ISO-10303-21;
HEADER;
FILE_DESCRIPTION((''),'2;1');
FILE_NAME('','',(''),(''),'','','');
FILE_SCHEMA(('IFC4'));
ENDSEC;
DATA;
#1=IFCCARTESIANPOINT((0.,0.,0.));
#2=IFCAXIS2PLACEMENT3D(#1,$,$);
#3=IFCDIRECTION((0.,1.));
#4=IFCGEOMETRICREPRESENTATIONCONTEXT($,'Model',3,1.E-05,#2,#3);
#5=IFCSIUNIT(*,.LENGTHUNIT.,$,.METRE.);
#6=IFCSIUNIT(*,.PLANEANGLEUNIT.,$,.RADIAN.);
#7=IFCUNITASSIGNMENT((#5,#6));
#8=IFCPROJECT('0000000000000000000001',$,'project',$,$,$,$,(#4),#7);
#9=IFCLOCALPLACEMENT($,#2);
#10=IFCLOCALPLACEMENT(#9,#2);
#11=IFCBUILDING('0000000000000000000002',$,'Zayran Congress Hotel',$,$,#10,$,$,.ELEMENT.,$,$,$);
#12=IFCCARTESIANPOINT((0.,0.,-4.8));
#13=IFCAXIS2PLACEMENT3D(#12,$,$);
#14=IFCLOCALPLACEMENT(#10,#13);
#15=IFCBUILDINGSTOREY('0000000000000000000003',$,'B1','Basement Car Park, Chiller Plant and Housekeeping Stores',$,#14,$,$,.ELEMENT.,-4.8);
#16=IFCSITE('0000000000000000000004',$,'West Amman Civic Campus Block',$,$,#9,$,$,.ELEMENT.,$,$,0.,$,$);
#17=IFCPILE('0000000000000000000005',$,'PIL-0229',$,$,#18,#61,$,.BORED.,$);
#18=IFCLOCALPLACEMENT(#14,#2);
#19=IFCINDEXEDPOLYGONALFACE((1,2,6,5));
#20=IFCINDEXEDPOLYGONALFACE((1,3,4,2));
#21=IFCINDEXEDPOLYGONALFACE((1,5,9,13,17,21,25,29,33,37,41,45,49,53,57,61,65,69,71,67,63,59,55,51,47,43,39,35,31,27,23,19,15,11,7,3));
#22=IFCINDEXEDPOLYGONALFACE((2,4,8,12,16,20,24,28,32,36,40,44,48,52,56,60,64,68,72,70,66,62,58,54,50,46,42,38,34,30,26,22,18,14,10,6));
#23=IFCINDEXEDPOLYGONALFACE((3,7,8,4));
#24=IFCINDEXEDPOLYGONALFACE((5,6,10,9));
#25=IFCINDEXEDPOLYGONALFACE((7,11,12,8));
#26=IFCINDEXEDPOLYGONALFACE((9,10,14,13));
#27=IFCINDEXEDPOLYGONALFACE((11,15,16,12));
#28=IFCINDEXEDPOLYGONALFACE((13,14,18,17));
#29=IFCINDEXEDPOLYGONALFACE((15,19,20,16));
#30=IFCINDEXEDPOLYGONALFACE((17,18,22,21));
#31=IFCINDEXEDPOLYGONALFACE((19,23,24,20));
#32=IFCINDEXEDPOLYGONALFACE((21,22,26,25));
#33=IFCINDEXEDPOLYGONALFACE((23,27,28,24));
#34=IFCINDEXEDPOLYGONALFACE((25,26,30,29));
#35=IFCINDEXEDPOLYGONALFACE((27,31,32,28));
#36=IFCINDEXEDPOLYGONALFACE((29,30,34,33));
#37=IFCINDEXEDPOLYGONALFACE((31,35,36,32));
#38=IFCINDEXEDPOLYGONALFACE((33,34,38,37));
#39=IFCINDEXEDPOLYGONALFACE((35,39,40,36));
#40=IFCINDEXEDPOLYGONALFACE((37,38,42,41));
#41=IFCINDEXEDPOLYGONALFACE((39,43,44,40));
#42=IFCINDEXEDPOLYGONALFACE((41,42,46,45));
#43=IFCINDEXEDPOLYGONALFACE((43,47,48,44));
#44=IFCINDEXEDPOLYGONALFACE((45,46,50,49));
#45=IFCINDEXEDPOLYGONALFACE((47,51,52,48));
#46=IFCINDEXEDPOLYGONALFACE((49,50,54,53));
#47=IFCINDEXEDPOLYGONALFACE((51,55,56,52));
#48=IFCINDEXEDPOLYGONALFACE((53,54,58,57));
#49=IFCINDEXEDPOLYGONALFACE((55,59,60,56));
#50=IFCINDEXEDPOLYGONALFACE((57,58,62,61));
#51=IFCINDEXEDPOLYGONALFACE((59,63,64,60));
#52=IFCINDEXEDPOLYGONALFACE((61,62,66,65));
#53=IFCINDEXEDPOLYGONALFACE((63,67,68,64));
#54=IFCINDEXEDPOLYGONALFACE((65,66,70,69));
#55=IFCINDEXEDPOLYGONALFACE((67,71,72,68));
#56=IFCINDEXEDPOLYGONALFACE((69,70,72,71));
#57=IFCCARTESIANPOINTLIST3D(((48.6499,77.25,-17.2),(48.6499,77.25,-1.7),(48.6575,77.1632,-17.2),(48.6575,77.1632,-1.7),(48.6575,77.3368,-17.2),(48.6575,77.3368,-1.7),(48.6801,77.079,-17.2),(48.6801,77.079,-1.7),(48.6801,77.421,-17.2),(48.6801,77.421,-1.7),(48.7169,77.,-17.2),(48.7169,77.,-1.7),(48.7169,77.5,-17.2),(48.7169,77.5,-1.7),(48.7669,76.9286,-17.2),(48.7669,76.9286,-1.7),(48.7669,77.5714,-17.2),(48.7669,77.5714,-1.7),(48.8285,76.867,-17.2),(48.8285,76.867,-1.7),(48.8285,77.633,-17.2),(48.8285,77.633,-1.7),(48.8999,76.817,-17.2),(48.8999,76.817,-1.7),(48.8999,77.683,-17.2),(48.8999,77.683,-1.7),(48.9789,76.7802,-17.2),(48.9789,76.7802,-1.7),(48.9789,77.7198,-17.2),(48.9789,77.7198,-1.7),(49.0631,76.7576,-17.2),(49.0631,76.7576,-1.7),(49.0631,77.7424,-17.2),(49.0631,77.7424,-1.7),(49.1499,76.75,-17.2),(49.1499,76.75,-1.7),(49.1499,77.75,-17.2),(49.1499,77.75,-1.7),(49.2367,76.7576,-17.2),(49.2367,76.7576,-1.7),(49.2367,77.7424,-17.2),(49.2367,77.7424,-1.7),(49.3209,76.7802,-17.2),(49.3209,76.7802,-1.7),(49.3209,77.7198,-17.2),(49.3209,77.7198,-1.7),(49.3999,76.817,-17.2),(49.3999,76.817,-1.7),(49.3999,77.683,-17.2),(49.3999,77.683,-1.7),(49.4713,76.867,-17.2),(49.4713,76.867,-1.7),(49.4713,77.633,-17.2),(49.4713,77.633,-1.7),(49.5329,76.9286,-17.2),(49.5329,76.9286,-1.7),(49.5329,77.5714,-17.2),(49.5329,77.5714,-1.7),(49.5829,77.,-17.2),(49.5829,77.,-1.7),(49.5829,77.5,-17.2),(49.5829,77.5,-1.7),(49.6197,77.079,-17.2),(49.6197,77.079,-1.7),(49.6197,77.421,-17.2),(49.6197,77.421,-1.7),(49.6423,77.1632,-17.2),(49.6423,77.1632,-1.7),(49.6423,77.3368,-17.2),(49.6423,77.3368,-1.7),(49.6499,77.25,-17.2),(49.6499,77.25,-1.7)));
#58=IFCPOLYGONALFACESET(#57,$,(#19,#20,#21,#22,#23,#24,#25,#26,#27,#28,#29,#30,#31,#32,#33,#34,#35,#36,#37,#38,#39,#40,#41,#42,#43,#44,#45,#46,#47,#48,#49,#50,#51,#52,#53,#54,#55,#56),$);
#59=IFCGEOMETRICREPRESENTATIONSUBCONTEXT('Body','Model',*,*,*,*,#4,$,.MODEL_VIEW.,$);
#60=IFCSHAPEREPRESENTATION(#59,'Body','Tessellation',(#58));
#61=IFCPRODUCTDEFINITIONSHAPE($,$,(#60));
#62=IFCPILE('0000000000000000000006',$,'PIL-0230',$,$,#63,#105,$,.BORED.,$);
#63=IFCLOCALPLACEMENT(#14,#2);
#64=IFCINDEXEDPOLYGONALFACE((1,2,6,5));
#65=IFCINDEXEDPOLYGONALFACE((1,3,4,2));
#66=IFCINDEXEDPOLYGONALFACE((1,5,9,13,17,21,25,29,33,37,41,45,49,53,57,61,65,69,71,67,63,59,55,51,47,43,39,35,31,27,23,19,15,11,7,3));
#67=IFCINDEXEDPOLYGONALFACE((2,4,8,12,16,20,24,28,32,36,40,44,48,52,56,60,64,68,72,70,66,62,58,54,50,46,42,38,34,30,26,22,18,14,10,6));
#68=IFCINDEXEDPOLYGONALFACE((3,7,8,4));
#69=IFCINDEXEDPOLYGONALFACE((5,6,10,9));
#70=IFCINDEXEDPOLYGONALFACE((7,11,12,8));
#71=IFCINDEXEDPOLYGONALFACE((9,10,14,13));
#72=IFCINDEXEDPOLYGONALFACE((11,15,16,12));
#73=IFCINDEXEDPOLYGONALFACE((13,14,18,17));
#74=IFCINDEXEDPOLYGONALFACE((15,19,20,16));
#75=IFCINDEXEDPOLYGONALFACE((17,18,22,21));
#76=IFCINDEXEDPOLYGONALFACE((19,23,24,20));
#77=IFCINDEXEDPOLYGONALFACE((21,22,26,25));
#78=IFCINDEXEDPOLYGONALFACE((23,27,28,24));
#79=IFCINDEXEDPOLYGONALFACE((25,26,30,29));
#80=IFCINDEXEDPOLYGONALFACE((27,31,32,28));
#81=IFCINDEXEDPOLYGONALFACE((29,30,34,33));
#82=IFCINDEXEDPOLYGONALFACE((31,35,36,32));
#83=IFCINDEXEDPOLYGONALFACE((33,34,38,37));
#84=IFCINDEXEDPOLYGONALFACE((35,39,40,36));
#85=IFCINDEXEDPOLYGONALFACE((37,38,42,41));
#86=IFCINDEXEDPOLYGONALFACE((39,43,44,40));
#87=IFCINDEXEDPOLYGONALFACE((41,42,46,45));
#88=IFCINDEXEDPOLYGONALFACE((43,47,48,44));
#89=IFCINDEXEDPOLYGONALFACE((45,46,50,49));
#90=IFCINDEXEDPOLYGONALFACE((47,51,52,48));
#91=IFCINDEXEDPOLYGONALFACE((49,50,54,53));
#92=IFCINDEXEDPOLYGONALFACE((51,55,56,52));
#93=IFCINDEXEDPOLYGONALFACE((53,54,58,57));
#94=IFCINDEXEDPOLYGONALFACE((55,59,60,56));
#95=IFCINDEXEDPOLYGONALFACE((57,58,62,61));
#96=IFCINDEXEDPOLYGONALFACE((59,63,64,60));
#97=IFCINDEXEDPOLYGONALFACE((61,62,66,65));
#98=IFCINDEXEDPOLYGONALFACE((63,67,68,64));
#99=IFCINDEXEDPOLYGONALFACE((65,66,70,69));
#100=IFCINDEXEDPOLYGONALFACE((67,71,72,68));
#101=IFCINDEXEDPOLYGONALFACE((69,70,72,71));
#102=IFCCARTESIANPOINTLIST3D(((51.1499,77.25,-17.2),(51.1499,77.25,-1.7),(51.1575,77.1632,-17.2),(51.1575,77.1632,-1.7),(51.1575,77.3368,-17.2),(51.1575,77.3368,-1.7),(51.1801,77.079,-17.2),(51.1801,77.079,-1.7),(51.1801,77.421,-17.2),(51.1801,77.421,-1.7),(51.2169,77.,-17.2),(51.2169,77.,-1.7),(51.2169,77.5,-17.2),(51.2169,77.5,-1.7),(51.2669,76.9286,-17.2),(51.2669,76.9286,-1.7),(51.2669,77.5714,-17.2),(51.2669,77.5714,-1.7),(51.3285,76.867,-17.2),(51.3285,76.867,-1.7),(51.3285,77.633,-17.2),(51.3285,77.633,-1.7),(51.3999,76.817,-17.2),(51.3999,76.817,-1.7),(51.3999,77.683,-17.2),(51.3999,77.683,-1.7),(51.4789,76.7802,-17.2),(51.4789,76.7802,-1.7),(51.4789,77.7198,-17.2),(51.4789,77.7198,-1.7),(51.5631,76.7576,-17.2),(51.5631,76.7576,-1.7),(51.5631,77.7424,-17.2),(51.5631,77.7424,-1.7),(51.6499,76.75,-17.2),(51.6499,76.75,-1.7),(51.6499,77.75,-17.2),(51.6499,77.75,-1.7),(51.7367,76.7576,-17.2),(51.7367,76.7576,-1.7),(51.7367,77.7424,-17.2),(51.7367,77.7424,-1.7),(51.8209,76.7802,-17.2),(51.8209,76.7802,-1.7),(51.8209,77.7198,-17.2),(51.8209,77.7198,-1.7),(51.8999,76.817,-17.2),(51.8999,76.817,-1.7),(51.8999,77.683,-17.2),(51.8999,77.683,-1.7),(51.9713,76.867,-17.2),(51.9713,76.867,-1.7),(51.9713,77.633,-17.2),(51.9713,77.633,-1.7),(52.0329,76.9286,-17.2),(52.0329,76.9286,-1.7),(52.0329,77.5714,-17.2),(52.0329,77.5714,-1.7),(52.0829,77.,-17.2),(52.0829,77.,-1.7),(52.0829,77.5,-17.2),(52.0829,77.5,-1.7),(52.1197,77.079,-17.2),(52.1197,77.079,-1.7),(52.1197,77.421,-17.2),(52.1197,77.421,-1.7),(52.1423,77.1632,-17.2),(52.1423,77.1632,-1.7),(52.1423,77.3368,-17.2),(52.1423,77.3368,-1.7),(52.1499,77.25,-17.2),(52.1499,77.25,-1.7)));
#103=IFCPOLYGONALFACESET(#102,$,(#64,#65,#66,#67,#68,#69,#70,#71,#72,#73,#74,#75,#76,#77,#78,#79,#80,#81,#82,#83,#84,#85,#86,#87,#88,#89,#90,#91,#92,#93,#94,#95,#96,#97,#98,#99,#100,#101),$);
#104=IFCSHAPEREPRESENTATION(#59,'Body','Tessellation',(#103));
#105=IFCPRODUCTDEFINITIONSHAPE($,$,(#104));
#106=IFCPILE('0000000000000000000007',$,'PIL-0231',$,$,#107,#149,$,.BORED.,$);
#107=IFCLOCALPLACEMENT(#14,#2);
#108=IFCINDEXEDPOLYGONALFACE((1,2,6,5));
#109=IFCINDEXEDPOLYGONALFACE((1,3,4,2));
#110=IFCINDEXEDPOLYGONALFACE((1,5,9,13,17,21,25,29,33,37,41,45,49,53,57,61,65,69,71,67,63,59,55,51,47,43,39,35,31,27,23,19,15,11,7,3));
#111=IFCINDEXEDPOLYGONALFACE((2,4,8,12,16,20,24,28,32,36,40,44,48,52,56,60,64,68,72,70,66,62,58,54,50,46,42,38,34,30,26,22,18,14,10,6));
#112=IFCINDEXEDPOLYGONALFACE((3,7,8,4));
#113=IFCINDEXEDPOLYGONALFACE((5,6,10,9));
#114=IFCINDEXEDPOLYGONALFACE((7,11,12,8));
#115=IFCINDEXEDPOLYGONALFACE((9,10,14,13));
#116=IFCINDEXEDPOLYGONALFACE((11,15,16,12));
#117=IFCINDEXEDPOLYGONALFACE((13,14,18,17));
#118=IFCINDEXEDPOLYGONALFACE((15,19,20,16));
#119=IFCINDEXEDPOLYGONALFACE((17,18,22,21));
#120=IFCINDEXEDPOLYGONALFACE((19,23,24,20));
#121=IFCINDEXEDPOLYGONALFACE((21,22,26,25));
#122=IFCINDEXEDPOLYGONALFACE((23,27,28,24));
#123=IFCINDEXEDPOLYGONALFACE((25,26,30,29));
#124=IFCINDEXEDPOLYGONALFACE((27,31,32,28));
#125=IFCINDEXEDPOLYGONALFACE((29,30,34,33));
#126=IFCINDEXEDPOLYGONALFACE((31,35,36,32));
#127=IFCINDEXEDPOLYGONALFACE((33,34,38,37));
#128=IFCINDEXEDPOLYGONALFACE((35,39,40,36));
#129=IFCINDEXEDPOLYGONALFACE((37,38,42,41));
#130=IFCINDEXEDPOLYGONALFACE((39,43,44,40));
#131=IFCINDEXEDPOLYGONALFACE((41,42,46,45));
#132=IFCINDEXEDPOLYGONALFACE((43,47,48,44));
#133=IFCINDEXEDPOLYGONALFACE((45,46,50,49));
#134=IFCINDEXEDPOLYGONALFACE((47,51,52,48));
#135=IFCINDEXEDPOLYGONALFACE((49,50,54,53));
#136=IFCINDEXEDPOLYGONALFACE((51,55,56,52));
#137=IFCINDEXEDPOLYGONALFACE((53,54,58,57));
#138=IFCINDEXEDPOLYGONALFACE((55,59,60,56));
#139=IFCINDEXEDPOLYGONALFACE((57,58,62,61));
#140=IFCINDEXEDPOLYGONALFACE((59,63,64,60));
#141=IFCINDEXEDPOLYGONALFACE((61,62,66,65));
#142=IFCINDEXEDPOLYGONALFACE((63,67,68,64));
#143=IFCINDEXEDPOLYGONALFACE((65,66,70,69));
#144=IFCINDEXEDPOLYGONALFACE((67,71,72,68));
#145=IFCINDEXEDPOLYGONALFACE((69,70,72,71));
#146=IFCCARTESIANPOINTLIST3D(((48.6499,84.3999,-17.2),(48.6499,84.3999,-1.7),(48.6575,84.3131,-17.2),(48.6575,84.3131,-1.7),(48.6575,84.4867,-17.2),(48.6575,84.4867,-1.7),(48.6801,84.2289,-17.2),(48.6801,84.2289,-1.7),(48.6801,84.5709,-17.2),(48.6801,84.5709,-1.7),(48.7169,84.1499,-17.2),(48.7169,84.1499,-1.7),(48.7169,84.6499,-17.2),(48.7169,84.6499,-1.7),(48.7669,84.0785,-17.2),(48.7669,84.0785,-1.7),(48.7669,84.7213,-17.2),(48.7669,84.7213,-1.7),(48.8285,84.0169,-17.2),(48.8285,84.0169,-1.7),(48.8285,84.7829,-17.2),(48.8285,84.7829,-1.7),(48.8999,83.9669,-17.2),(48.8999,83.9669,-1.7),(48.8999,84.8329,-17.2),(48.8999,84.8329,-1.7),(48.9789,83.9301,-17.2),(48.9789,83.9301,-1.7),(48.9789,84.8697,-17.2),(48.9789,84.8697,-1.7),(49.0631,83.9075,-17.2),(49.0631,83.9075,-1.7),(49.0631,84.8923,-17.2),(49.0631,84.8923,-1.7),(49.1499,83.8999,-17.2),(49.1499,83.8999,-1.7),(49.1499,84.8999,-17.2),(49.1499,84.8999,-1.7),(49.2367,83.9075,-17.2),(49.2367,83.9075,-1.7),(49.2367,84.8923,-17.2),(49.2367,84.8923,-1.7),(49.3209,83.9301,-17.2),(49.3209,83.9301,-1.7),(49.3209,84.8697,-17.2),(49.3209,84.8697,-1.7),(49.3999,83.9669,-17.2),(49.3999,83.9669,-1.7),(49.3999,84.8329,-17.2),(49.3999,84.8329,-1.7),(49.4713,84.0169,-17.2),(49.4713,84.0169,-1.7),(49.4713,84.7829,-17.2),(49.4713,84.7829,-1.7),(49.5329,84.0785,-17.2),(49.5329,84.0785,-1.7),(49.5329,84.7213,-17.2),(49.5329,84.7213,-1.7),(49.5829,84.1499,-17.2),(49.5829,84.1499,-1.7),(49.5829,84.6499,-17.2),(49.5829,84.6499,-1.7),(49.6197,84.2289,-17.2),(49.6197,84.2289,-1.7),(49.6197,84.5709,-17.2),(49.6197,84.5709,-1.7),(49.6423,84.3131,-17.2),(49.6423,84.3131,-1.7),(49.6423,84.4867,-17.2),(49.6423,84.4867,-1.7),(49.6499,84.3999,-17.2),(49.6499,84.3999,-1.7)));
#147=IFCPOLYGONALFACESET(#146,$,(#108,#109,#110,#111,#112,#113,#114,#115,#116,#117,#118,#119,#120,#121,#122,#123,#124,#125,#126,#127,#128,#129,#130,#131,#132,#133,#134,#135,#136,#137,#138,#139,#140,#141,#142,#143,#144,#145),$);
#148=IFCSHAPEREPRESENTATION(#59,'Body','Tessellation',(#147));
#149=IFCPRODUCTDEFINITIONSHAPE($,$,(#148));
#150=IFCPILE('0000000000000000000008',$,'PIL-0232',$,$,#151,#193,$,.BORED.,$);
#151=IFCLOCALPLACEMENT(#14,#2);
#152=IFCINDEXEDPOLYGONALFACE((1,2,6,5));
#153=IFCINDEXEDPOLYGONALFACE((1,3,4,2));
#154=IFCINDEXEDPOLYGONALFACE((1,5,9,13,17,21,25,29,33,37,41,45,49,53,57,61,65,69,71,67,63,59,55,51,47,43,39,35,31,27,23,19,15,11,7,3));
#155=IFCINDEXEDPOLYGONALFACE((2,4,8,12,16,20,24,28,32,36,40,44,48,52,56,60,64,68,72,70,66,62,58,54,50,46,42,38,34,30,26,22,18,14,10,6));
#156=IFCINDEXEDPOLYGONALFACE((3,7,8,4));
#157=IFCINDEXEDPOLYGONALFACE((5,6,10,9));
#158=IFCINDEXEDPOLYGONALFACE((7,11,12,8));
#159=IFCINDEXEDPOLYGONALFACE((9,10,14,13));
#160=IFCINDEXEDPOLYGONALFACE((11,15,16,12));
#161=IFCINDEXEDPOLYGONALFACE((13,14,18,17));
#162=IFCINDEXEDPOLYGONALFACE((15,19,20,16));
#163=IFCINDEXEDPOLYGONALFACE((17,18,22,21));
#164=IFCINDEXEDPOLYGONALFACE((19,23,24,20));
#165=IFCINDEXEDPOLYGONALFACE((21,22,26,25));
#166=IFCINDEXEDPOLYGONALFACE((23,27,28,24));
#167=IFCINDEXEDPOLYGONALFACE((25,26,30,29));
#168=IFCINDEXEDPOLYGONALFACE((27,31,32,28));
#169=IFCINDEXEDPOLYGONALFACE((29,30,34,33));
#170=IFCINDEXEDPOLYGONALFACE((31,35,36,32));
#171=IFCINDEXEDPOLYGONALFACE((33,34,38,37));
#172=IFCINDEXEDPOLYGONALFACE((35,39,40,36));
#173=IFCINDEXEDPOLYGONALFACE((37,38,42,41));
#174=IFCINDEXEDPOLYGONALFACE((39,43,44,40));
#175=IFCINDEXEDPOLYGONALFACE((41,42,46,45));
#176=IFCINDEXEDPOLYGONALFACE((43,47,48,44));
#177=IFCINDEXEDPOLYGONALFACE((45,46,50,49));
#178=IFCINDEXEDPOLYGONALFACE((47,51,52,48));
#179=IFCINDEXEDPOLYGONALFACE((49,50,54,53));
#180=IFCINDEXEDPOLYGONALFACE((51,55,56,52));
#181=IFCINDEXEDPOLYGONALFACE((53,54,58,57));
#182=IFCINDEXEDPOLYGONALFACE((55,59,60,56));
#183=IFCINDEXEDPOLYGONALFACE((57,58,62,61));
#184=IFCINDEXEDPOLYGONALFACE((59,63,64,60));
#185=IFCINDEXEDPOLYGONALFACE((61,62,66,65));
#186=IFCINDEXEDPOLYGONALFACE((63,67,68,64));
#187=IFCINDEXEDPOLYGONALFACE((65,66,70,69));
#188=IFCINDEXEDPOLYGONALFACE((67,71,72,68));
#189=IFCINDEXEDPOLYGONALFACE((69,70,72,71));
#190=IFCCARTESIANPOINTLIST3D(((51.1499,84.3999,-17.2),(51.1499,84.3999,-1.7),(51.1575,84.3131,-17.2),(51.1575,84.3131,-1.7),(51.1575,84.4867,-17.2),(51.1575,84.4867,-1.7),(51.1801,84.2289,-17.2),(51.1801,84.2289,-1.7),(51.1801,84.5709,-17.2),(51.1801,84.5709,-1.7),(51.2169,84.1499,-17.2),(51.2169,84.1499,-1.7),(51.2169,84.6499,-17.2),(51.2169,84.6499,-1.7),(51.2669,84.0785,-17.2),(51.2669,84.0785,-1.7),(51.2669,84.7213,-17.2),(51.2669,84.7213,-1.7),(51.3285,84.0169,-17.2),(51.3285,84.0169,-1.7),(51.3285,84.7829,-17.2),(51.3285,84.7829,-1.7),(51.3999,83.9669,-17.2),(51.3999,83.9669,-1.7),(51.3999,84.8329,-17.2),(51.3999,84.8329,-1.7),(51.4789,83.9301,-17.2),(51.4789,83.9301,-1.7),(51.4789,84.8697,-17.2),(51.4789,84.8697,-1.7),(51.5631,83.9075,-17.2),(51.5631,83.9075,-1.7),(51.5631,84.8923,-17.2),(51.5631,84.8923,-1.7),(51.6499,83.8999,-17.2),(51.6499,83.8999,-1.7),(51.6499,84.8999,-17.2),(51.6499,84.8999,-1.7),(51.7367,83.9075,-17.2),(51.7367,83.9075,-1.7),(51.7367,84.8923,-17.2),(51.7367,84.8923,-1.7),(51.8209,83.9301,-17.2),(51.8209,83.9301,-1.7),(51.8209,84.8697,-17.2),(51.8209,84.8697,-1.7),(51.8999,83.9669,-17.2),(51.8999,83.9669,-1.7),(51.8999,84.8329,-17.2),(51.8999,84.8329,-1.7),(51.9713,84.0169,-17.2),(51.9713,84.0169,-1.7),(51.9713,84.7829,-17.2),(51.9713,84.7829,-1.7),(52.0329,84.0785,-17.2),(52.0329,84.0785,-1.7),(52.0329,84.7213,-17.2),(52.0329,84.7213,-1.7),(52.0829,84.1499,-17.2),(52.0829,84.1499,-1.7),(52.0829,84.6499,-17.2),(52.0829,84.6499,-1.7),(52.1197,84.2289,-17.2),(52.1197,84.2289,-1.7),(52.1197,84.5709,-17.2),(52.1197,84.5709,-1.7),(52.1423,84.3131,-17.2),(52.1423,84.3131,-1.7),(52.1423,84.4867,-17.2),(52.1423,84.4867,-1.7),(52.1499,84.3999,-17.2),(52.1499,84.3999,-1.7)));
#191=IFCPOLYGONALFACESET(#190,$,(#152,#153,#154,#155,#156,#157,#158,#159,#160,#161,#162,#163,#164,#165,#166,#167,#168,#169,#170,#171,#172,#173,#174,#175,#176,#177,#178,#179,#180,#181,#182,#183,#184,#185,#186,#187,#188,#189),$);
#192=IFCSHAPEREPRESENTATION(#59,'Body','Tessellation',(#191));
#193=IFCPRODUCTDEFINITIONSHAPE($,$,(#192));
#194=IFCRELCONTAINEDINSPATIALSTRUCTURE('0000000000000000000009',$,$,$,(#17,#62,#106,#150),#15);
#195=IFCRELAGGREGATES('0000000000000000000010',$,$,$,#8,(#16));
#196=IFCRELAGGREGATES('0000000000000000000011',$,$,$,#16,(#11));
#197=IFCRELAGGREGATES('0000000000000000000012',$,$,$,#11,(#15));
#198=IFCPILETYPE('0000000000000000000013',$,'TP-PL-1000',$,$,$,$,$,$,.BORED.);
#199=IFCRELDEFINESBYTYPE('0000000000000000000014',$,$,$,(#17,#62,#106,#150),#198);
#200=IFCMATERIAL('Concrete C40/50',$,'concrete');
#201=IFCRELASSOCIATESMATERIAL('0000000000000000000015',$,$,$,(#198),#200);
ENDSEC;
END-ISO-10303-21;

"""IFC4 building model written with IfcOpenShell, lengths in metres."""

from ifc_helpers import new_model, si_unit, direction, frame, origin, origin_2d, place, context, subcontext, project, spatial, circle, extrude, material, material_profile, profile_set, type_object, element, save


model = new_model("IFC4")

# Units and contexts
model_context = context("Model", 3, precision=1e-05, world=origin(), true_north=direction((0.0, 1.0)))
body_context = subcontext(model_context, "Body", "Model", "MODEL_VIEW")
ifc_project = project(units=[si_unit("LENGTHUNIT", "METRE"), si_unit("PLANEANGLEUNIT", "RADIAN")], contexts=[model_context])

# Site, building, storey
site_placement = place(None, origin())
site = spatial("IfcSite", under=ifc_project, at=site_placement, Name="West Amman Civic Campus Block", CompositionType="ELEMENT", RefElevation=0.0)
building_placement = place(site_placement, origin())
building = spatial("IfcBuilding", under=site, at=building_placement, Name="Zayran Congress Hotel", CompositionType="ELEMENT")
storey_placement = place(building_placement, frame((0.0, 0.0, -4.8)))
storey = spatial("IfcBuildingStorey", under=building, at=storey_placement, Name="B1", Description="Basement Car Park, Chiller Plant and Housekeeping Stores", CompositionType="ELEMENT", Elevation=-4.8)

# Piles
ifc_material_1 = material(Name="Concrete C40/50", Category="concrete")
ifc_material_profile_1 = material_profile(ifc_material_1, circle(Radius=0.5, at=origin_2d()), Name="PILE D1000")
ifc_profile_set_1 = profile_set([ifc_material_profile_1], Name="Concrete C40/50")
pile_type = type_object("IfcPileType", Name="TP-PL-1000", PredefinedType="BORED", material=ifc_profile_set_1)
for number, where, z_axis, x_axis, name in (
    (1, (49.1499, 77.25, -1.7), (0.0, 0.0, -1.0), (1.0, 0.0, 0.0), "PIL-0229"),
    (2, (51.6499, 77.25, -1.7), (0.0, 0.0, -1.0), (1.0, 0.0, 0.0), "PIL-0230"),
    (3, (49.1499, 84.3999, -1.7), (0.0, 0.0, -1.0), (1.0, 0.0, 0.0), "PIL-0231"),
    (4, (51.6499, 84.3999, -1.7), (0.0, 0.0, -1.0), (1.0, 0.0, 0.0), "PIL-0232"),
):
    element("IfcPile", number, at=place(storey_placement, frame(where, z_axis=z_axis, x_axis=x_axis)), inside=storey, type_object=pile_type, Name=name, PredefinedType="BORED", context=body_context, shape_type="SweptSolid", body=[
        extrude(circle(Radius=0.5, at=origin_2d()), origin(), (0.0, 0.0, 1.0), 15.5),
    ])

save(model, "model.ifc")
